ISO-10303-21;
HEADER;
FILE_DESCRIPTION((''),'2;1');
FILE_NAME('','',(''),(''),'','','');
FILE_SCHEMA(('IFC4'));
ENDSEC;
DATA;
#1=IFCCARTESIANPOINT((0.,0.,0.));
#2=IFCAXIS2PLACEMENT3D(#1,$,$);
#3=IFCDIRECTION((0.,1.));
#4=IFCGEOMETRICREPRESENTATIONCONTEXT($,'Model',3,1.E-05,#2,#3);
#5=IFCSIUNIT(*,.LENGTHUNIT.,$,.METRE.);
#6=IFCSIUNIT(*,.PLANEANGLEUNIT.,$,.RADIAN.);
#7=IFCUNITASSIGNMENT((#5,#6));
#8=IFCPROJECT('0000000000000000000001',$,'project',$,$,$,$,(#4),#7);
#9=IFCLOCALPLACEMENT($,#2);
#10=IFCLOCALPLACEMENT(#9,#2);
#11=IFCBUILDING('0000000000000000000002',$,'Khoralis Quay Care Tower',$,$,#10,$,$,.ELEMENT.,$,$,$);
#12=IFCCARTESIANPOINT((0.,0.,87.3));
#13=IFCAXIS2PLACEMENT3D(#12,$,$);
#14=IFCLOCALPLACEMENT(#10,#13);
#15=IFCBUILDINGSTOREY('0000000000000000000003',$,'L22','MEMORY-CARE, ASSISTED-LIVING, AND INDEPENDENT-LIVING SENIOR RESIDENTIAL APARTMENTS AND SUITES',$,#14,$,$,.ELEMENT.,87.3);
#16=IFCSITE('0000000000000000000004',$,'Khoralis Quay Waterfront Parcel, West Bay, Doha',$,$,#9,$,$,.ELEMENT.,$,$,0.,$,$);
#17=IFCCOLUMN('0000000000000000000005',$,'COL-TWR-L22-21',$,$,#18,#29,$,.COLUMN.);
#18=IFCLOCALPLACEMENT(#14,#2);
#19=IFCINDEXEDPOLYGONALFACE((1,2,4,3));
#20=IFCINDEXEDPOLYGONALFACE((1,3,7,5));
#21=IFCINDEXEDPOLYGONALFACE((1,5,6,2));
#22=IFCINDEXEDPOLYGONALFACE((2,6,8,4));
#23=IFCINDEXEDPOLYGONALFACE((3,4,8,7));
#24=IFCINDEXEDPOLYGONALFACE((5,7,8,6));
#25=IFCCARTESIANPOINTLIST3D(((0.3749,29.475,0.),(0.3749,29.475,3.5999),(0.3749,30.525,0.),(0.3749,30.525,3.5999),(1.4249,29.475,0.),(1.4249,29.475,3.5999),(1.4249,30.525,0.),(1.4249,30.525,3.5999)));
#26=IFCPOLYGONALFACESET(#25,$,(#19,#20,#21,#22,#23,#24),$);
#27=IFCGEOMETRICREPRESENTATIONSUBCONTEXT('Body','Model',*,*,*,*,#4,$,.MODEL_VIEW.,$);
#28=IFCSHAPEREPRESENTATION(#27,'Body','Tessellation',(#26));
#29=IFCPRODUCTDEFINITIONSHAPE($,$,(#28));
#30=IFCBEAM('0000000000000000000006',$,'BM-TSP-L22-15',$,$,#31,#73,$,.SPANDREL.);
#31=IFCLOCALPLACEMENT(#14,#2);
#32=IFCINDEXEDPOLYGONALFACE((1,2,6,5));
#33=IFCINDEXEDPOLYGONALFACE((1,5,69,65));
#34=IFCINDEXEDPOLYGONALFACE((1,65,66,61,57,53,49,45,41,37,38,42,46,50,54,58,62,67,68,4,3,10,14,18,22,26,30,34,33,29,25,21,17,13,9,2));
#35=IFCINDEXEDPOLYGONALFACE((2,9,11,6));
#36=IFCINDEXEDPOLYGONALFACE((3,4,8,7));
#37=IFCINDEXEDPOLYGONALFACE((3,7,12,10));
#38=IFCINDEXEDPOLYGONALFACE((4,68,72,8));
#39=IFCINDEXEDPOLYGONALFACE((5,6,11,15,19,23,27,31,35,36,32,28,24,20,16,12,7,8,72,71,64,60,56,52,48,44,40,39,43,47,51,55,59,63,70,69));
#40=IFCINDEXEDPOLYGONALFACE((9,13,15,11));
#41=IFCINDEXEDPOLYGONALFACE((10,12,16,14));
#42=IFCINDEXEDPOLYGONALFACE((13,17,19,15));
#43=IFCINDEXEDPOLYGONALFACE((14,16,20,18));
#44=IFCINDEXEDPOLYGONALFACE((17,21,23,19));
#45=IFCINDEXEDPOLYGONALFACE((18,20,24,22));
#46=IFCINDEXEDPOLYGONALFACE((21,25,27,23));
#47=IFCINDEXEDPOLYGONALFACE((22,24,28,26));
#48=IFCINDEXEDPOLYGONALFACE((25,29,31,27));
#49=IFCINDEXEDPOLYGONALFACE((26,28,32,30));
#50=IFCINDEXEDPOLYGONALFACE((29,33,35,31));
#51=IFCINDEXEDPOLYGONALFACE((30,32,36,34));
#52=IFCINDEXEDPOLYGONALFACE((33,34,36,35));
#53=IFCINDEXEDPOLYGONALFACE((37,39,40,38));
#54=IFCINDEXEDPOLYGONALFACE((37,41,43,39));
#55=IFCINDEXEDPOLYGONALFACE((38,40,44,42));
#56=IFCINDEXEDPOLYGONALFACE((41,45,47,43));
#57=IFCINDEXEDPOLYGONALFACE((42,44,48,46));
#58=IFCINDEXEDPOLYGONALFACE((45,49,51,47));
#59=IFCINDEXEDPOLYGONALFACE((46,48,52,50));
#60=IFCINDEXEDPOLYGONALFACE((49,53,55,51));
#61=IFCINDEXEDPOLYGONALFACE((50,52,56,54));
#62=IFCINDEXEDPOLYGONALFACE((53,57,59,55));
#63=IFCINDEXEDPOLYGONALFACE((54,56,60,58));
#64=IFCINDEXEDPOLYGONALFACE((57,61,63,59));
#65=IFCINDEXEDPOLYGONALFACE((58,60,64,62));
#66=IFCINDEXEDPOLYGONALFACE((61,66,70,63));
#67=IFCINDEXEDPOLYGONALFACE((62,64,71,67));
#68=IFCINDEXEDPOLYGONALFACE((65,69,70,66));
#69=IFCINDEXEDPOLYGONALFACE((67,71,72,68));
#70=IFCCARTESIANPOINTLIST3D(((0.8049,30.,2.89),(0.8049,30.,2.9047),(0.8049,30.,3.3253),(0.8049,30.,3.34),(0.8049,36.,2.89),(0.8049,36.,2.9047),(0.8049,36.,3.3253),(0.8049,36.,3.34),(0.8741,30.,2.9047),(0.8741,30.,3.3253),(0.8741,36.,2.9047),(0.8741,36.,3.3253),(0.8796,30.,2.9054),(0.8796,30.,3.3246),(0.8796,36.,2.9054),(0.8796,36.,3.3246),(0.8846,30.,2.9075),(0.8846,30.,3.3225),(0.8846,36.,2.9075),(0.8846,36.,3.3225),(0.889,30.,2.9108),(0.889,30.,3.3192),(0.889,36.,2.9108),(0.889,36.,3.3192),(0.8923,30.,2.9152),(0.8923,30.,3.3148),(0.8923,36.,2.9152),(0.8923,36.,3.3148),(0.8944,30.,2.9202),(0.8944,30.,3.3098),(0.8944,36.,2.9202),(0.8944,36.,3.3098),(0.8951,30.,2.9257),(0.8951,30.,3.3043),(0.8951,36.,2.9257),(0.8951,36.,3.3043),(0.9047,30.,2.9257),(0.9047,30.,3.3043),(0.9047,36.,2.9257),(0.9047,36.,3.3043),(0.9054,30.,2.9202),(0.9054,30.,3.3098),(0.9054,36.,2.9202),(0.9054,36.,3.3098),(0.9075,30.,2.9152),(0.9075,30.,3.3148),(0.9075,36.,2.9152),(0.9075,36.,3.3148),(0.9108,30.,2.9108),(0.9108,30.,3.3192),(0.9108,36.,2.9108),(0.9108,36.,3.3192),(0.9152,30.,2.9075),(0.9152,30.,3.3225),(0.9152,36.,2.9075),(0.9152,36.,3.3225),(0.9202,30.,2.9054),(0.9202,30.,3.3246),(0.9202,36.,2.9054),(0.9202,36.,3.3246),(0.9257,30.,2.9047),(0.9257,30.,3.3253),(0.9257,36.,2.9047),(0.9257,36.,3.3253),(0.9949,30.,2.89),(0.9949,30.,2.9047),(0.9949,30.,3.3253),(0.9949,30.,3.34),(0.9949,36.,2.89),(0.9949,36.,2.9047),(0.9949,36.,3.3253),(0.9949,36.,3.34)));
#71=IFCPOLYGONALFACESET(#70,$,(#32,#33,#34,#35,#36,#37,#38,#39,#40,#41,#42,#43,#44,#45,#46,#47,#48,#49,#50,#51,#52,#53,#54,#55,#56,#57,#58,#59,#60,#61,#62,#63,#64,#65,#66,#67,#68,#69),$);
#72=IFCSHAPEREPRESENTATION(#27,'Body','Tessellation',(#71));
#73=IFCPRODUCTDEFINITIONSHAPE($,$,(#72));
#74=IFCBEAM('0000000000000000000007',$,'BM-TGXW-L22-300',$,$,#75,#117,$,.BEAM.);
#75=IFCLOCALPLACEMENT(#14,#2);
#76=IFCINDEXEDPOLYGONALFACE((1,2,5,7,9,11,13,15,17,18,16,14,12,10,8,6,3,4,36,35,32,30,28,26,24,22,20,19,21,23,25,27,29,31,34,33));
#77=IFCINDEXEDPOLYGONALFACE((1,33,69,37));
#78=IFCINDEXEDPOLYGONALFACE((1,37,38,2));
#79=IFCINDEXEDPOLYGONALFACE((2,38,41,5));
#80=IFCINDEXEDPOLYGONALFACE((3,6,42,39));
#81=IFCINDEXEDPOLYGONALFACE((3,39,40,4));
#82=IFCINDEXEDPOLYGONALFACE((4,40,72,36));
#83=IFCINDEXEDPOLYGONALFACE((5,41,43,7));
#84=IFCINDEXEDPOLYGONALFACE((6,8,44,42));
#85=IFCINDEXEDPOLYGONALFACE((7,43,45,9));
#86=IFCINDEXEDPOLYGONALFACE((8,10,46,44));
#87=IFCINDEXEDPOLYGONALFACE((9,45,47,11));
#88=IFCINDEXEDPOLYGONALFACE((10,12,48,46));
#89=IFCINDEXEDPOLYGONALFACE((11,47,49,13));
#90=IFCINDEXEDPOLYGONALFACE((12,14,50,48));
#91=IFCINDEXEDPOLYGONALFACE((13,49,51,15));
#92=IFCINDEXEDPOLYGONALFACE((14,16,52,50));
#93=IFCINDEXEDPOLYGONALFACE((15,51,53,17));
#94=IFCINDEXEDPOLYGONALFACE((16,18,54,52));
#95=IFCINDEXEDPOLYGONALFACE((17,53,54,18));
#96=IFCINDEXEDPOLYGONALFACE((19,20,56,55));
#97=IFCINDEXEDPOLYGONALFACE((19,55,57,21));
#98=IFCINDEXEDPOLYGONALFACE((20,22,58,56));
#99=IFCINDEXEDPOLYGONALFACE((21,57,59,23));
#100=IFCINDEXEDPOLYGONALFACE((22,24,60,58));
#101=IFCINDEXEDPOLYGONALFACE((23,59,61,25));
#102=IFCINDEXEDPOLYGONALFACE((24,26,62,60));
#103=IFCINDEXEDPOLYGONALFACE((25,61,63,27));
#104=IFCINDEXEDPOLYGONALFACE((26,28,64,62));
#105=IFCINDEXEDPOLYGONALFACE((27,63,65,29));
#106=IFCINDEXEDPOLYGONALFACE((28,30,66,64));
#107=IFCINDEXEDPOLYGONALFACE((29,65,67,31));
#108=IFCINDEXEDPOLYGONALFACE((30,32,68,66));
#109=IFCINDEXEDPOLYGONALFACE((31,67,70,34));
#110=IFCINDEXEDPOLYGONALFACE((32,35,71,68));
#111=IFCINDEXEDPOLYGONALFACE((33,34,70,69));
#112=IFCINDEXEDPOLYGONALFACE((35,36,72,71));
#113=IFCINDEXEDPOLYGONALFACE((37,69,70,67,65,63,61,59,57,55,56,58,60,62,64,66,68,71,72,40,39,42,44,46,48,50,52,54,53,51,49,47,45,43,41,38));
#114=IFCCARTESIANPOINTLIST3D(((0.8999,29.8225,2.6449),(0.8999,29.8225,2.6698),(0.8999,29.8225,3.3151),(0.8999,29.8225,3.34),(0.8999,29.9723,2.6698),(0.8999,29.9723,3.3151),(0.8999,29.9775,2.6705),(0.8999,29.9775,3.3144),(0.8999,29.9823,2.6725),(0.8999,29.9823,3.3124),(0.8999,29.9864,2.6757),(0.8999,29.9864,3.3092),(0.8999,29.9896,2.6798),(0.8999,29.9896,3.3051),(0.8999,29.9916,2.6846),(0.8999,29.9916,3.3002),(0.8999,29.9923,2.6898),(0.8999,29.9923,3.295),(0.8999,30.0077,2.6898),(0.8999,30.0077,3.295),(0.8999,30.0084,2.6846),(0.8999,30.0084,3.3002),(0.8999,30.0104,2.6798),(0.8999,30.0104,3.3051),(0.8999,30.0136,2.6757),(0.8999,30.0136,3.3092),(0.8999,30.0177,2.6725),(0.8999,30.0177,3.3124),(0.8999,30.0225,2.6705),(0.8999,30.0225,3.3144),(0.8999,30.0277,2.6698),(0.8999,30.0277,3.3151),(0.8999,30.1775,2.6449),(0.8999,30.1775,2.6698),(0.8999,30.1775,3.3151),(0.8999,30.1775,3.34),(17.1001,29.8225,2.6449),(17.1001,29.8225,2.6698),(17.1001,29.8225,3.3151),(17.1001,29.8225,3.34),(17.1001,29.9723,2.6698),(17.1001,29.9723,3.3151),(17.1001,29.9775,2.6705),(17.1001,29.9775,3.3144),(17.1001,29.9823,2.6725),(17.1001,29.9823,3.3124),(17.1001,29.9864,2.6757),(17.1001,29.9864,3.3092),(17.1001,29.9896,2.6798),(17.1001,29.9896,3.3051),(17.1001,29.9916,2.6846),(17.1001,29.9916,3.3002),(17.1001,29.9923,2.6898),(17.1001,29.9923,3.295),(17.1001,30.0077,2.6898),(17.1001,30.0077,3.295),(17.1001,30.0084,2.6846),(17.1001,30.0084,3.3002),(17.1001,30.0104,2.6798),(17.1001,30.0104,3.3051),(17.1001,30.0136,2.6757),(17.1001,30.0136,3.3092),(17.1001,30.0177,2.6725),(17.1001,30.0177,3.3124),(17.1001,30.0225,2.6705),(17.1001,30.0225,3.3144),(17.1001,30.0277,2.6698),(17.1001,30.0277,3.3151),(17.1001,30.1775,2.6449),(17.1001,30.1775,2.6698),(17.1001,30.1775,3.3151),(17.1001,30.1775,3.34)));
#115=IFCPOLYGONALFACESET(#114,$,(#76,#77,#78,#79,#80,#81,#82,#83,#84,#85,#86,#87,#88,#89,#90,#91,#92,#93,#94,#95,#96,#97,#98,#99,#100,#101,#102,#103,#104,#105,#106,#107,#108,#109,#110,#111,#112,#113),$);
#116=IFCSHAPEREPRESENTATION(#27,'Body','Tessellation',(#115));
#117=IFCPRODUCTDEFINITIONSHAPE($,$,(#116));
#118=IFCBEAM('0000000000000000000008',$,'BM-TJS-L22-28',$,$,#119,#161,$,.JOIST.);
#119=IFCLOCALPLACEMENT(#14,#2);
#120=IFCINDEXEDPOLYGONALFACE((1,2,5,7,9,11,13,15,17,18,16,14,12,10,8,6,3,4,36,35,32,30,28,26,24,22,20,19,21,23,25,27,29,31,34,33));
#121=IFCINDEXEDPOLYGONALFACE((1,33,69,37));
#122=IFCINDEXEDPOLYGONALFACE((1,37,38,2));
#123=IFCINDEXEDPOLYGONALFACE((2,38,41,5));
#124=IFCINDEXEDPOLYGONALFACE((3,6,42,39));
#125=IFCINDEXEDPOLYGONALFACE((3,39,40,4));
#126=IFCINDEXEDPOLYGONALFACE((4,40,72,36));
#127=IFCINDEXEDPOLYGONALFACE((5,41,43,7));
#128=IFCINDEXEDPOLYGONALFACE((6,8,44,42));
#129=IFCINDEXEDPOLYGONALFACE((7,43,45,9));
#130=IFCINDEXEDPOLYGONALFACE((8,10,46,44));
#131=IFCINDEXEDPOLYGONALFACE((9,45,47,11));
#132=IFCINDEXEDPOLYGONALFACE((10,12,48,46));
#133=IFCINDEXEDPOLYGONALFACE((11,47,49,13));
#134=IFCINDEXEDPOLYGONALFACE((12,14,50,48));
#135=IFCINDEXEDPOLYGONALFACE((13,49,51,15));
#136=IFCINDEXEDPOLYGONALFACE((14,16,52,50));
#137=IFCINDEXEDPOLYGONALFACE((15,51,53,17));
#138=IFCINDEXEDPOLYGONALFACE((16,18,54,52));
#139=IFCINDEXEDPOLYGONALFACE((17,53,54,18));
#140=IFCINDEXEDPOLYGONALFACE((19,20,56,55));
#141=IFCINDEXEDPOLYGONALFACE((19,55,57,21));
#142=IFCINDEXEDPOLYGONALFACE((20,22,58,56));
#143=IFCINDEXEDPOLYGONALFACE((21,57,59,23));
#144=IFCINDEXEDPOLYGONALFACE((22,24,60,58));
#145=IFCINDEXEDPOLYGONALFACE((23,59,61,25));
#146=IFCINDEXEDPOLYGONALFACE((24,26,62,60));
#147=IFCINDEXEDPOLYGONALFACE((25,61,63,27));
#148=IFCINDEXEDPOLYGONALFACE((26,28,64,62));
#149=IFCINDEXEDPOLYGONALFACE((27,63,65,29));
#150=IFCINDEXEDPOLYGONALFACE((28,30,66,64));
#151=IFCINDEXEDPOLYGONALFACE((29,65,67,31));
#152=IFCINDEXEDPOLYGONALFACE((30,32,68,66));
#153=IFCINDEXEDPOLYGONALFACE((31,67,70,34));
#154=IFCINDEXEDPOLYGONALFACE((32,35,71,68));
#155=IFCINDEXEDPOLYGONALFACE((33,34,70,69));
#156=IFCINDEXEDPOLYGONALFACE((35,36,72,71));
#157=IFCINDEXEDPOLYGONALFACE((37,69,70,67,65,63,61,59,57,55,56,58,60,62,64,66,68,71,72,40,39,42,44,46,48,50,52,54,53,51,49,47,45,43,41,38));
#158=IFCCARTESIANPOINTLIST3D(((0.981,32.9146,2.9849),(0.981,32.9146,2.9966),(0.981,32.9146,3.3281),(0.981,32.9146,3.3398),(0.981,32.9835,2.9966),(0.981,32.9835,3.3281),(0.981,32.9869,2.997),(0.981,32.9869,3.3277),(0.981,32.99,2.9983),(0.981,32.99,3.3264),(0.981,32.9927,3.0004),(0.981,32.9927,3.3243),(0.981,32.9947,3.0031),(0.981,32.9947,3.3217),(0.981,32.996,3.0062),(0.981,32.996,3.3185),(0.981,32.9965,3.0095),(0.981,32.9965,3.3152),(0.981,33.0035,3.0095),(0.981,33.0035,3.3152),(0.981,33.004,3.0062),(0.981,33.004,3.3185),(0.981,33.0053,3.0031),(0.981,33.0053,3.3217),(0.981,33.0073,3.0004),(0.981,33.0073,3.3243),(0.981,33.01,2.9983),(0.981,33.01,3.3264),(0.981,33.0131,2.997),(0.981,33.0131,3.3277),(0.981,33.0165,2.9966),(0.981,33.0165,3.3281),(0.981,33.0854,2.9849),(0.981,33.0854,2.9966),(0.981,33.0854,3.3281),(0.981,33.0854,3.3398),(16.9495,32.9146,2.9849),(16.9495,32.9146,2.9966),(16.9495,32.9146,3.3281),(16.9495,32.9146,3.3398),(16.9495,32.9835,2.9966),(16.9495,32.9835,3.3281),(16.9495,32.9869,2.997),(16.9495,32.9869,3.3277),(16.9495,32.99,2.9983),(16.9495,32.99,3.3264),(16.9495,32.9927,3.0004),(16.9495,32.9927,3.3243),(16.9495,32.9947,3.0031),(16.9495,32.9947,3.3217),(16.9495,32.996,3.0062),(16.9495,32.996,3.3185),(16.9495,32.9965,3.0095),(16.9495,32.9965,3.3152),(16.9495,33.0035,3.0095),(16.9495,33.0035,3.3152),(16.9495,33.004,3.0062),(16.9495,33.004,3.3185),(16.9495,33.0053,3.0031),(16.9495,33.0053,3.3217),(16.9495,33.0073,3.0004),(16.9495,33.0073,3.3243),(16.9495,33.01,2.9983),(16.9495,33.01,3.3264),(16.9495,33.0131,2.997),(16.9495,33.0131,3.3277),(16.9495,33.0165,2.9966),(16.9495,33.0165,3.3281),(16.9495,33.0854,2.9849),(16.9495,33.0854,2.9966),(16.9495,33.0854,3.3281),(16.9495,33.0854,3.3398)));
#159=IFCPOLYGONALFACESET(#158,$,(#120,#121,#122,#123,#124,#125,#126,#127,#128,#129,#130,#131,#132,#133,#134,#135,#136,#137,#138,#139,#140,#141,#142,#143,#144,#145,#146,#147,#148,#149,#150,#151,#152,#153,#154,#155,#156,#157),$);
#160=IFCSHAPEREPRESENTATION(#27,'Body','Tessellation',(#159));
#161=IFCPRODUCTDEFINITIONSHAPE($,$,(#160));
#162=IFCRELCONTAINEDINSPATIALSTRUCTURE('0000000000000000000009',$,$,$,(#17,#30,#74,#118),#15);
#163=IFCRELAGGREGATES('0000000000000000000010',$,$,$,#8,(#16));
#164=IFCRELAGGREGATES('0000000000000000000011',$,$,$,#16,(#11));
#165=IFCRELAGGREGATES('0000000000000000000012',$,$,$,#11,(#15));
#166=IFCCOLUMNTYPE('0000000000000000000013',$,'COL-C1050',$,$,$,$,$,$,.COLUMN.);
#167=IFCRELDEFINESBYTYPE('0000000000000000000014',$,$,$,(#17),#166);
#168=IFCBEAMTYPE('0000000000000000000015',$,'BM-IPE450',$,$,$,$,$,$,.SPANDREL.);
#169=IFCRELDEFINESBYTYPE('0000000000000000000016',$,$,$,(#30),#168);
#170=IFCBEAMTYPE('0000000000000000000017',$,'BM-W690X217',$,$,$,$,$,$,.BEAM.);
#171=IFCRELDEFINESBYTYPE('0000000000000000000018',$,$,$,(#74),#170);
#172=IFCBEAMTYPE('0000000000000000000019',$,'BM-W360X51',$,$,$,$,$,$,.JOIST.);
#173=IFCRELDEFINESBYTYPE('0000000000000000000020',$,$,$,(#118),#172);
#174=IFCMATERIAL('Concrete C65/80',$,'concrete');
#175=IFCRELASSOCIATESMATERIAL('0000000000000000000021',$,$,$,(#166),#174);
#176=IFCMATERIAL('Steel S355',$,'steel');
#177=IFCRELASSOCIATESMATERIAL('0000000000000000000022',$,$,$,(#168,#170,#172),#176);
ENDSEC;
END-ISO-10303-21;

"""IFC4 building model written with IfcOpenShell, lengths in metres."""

from ifc_helpers import new_model, si_unit, direction, frame, origin, origin_2d, place, context, subcontext, project, spatial, rectangle, i_section, extrude, source, transform, mapped, material, material_profile, profile_set, type_object, element, save


model = new_model("IFC4")

# Units and contexts
model_context = context("Model", 3, precision=1e-05, world=origin(), true_north=direction((0.0, 1.0)))
body_context = subcontext(model_context, "Body", "Model", "MODEL_VIEW")
ifc_project = project(units=[si_unit("LENGTHUNIT", "METRE"), si_unit("PLANEANGLEUNIT", "RADIAN")], contexts=[model_context])

# Site, building, storey
site_placement = place(None, origin())
site = spatial("IfcSite", under=ifc_project, at=site_placement, Name="Khoralis Quay Waterfront Parcel, West Bay, Doha", CompositionType="ELEMENT", RefElevation=0.0)
building_placement = place(site_placement, origin())
building = spatial("IfcBuilding", under=site, at=building_placement, Name="Khoralis Quay Care Tower", CompositionType="ELEMENT")
storey_placement = place(building_placement, frame((0.0, 0.0, 87.3)))
storey = spatial("IfcBuildingStorey", under=building, at=storey_placement, Name="L22", Description="MEMORY-CARE, ASSISTED-LIVING, AND INDEPENDENT-LIVING SENIOR RESIDENTIAL APARTMENTS AND SUITES", CompositionType="ELEMENT", Elevation=87.3)

# Column
ifc_material_1 = material(Name="Concrete C65/80", Category="concrete")
ifc_material_profile_1 = material_profile(ifc_material_1, rectangle(XDim=1.05, YDim=1.05, at=origin_2d()), Name="Concrete C65/80")
ifc_profile_set_1 = profile_set([ifc_material_profile_1], Name="Concrete C65/80")
column_type = type_object("IfcColumnType", Name="COL-C1050", PredefinedType="COLUMN", material=ifc_profile_set_1)
shared_shape_1 = source(origin(), body_context, "Body", "SweptSolid", [
    extrude(rectangle(XDim=1.05, YDim=1.05, at=origin_2d()), origin(), (0.0, 0.0, 1.0), 3.5999),
])
column_placement = place(storey_placement, frame((0.8999, 30.0, 0.0), z_axis=(0.0, 0.0, 1.0), x_axis=(1.0, 0.0, 0.0)))
element("IfcColumn", 1, at=column_placement, inside=storey, type_object=column_type, Name="COL-TWR-L22-21", PredefinedType="COLUMN", context=body_context, shape_type="MappedRepresentation", body=[
    mapped(shared_shape_1, transform((0.0, 0.0, 0.0), scale=1.0)),
])

# Beams
ifc_material_2 = material(Name="Steel S355", Category="steel")
ifc_material_profile_2 = material_profile(ifc_material_2, i_section(OverallWidth=0.1899, OverallDepth=0.45, WebThickness=0.0095, FlangeThickness=0.0146, FilletRadius=0.021, at=origin_2d()), Name="Steel S355")
ifc_profile_set_2 = profile_set([ifc_material_profile_2], Name="Steel S355")
beam_type_1 = type_object("IfcBeamType", Name="BM-IPE450", PredefinedType="SPANDREL", material=ifc_profile_set_2)
shared_shape_2 = source(origin(), body_context, "Body", "SweptSolid", [
    extrude(i_section(OverallWidth=0.1899, OverallDepth=0.45, WebThickness=0.0095, FlangeThickness=0.0146, FilletRadius=0.021, at=origin_2d()), origin(), (0.0, 0.0, 1.0), 6.0),
])
beam_1_placement = place(storey_placement, frame((0.8999, 30.0, 3.115), z_axis=(0.0, 1.0, 0.0), x_axis=(-1.0, 0.0, 0.0)))
element("IfcBeam", 2, at=beam_1_placement, inside=storey, type_object=beam_type_1, Name="BM-TSP-L22-15", PredefinedType="SPANDREL", context=body_context, shape_type="MappedRepresentation", body=[
    mapped(shared_shape_2, transform((0.0, 0.0, 0.0), scale=1.0)),
])
ifc_material_profile_3 = material_profile(ifc_material_2, i_section(OverallWidth=0.355, OverallDepth=0.6951, WebThickness=0.0154, FlangeThickness=0.0249, FilletRadius=0.02, at=origin_2d()), Name="Steel S355")
ifc_profile_set_3 = profile_set([ifc_material_profile_3], Name="Steel S355")
beam_type_2 = type_object("IfcBeamType", Name="BM-W690X217", PredefinedType="BEAM", material=ifc_profile_set_3)
shared_shape_3 = source(origin(), body_context, "Body", "SweptSolid", [
    extrude(i_section(OverallWidth=0.355, OverallDepth=0.6951, WebThickness=0.0154, FlangeThickness=0.0249, FilletRadius=0.02, at=origin_2d()), origin(), (0.0, 0.0, 1.0), 16.2002),
])
beam_2_placement = place(storey_placement, frame((0.8999, 30.0, 2.9924), z_axis=(1.0, 0.0, 0.0), x_axis=(0.0, 1.0, 0.0)))
element("IfcBeam", 3, at=beam_2_placement, inside=storey, type_object=beam_type_2, Name="BM-TGXW-L22-300", PredefinedType="BEAM", context=body_context, shape_type="MappedRepresentation", body=[
    mapped(shared_shape_3, transform((0.0, 0.0, 0.0), scale=1.0)),
])
ifc_material_profile_4 = material_profile(ifc_material_2, i_section(OverallWidth=0.1709, OverallDepth=0.355, WebThickness=0.0071, FlangeThickness=0.0117, FilletRadius=0.0129, at=origin_2d()), Name="Steel S355")
ifc_profile_set_4 = profile_set([ifc_material_profile_4], Name="Steel S355")
beam_type_3 = type_object("IfcBeamType", Name="BM-W360X51", PredefinedType="JOIST", material=ifc_profile_set_4)
shared_shape_4 = source(origin(), body_context, "Body", "SweptSolid", [
    extrude(i_section(OverallWidth=0.1709, OverallDepth=0.355, WebThickness=0.0071, FlangeThickness=0.0117, FilletRadius=0.0129, at=origin_2d()), origin(), (0.0, 0.0, 1.0), 15.9685),
])
beam_3_placement = place(storey_placement, frame((0.981, 33.0, 3.1624), z_axis=(1.0, 0.0, 0.0), x_axis=(0.0, 1.0, 0.0)))
element("IfcBeam", 4, at=beam_3_placement, inside=storey, type_object=beam_type_3, Name="BM-TJS-L22-28", PredefinedType="JOIST", context=body_context, shape_type="MappedRepresentation", body=[
    mapped(shared_shape_4, transform((0.0, 0.0, 0.0), scale=1.0)),
])

save(model, "model.ifc")
